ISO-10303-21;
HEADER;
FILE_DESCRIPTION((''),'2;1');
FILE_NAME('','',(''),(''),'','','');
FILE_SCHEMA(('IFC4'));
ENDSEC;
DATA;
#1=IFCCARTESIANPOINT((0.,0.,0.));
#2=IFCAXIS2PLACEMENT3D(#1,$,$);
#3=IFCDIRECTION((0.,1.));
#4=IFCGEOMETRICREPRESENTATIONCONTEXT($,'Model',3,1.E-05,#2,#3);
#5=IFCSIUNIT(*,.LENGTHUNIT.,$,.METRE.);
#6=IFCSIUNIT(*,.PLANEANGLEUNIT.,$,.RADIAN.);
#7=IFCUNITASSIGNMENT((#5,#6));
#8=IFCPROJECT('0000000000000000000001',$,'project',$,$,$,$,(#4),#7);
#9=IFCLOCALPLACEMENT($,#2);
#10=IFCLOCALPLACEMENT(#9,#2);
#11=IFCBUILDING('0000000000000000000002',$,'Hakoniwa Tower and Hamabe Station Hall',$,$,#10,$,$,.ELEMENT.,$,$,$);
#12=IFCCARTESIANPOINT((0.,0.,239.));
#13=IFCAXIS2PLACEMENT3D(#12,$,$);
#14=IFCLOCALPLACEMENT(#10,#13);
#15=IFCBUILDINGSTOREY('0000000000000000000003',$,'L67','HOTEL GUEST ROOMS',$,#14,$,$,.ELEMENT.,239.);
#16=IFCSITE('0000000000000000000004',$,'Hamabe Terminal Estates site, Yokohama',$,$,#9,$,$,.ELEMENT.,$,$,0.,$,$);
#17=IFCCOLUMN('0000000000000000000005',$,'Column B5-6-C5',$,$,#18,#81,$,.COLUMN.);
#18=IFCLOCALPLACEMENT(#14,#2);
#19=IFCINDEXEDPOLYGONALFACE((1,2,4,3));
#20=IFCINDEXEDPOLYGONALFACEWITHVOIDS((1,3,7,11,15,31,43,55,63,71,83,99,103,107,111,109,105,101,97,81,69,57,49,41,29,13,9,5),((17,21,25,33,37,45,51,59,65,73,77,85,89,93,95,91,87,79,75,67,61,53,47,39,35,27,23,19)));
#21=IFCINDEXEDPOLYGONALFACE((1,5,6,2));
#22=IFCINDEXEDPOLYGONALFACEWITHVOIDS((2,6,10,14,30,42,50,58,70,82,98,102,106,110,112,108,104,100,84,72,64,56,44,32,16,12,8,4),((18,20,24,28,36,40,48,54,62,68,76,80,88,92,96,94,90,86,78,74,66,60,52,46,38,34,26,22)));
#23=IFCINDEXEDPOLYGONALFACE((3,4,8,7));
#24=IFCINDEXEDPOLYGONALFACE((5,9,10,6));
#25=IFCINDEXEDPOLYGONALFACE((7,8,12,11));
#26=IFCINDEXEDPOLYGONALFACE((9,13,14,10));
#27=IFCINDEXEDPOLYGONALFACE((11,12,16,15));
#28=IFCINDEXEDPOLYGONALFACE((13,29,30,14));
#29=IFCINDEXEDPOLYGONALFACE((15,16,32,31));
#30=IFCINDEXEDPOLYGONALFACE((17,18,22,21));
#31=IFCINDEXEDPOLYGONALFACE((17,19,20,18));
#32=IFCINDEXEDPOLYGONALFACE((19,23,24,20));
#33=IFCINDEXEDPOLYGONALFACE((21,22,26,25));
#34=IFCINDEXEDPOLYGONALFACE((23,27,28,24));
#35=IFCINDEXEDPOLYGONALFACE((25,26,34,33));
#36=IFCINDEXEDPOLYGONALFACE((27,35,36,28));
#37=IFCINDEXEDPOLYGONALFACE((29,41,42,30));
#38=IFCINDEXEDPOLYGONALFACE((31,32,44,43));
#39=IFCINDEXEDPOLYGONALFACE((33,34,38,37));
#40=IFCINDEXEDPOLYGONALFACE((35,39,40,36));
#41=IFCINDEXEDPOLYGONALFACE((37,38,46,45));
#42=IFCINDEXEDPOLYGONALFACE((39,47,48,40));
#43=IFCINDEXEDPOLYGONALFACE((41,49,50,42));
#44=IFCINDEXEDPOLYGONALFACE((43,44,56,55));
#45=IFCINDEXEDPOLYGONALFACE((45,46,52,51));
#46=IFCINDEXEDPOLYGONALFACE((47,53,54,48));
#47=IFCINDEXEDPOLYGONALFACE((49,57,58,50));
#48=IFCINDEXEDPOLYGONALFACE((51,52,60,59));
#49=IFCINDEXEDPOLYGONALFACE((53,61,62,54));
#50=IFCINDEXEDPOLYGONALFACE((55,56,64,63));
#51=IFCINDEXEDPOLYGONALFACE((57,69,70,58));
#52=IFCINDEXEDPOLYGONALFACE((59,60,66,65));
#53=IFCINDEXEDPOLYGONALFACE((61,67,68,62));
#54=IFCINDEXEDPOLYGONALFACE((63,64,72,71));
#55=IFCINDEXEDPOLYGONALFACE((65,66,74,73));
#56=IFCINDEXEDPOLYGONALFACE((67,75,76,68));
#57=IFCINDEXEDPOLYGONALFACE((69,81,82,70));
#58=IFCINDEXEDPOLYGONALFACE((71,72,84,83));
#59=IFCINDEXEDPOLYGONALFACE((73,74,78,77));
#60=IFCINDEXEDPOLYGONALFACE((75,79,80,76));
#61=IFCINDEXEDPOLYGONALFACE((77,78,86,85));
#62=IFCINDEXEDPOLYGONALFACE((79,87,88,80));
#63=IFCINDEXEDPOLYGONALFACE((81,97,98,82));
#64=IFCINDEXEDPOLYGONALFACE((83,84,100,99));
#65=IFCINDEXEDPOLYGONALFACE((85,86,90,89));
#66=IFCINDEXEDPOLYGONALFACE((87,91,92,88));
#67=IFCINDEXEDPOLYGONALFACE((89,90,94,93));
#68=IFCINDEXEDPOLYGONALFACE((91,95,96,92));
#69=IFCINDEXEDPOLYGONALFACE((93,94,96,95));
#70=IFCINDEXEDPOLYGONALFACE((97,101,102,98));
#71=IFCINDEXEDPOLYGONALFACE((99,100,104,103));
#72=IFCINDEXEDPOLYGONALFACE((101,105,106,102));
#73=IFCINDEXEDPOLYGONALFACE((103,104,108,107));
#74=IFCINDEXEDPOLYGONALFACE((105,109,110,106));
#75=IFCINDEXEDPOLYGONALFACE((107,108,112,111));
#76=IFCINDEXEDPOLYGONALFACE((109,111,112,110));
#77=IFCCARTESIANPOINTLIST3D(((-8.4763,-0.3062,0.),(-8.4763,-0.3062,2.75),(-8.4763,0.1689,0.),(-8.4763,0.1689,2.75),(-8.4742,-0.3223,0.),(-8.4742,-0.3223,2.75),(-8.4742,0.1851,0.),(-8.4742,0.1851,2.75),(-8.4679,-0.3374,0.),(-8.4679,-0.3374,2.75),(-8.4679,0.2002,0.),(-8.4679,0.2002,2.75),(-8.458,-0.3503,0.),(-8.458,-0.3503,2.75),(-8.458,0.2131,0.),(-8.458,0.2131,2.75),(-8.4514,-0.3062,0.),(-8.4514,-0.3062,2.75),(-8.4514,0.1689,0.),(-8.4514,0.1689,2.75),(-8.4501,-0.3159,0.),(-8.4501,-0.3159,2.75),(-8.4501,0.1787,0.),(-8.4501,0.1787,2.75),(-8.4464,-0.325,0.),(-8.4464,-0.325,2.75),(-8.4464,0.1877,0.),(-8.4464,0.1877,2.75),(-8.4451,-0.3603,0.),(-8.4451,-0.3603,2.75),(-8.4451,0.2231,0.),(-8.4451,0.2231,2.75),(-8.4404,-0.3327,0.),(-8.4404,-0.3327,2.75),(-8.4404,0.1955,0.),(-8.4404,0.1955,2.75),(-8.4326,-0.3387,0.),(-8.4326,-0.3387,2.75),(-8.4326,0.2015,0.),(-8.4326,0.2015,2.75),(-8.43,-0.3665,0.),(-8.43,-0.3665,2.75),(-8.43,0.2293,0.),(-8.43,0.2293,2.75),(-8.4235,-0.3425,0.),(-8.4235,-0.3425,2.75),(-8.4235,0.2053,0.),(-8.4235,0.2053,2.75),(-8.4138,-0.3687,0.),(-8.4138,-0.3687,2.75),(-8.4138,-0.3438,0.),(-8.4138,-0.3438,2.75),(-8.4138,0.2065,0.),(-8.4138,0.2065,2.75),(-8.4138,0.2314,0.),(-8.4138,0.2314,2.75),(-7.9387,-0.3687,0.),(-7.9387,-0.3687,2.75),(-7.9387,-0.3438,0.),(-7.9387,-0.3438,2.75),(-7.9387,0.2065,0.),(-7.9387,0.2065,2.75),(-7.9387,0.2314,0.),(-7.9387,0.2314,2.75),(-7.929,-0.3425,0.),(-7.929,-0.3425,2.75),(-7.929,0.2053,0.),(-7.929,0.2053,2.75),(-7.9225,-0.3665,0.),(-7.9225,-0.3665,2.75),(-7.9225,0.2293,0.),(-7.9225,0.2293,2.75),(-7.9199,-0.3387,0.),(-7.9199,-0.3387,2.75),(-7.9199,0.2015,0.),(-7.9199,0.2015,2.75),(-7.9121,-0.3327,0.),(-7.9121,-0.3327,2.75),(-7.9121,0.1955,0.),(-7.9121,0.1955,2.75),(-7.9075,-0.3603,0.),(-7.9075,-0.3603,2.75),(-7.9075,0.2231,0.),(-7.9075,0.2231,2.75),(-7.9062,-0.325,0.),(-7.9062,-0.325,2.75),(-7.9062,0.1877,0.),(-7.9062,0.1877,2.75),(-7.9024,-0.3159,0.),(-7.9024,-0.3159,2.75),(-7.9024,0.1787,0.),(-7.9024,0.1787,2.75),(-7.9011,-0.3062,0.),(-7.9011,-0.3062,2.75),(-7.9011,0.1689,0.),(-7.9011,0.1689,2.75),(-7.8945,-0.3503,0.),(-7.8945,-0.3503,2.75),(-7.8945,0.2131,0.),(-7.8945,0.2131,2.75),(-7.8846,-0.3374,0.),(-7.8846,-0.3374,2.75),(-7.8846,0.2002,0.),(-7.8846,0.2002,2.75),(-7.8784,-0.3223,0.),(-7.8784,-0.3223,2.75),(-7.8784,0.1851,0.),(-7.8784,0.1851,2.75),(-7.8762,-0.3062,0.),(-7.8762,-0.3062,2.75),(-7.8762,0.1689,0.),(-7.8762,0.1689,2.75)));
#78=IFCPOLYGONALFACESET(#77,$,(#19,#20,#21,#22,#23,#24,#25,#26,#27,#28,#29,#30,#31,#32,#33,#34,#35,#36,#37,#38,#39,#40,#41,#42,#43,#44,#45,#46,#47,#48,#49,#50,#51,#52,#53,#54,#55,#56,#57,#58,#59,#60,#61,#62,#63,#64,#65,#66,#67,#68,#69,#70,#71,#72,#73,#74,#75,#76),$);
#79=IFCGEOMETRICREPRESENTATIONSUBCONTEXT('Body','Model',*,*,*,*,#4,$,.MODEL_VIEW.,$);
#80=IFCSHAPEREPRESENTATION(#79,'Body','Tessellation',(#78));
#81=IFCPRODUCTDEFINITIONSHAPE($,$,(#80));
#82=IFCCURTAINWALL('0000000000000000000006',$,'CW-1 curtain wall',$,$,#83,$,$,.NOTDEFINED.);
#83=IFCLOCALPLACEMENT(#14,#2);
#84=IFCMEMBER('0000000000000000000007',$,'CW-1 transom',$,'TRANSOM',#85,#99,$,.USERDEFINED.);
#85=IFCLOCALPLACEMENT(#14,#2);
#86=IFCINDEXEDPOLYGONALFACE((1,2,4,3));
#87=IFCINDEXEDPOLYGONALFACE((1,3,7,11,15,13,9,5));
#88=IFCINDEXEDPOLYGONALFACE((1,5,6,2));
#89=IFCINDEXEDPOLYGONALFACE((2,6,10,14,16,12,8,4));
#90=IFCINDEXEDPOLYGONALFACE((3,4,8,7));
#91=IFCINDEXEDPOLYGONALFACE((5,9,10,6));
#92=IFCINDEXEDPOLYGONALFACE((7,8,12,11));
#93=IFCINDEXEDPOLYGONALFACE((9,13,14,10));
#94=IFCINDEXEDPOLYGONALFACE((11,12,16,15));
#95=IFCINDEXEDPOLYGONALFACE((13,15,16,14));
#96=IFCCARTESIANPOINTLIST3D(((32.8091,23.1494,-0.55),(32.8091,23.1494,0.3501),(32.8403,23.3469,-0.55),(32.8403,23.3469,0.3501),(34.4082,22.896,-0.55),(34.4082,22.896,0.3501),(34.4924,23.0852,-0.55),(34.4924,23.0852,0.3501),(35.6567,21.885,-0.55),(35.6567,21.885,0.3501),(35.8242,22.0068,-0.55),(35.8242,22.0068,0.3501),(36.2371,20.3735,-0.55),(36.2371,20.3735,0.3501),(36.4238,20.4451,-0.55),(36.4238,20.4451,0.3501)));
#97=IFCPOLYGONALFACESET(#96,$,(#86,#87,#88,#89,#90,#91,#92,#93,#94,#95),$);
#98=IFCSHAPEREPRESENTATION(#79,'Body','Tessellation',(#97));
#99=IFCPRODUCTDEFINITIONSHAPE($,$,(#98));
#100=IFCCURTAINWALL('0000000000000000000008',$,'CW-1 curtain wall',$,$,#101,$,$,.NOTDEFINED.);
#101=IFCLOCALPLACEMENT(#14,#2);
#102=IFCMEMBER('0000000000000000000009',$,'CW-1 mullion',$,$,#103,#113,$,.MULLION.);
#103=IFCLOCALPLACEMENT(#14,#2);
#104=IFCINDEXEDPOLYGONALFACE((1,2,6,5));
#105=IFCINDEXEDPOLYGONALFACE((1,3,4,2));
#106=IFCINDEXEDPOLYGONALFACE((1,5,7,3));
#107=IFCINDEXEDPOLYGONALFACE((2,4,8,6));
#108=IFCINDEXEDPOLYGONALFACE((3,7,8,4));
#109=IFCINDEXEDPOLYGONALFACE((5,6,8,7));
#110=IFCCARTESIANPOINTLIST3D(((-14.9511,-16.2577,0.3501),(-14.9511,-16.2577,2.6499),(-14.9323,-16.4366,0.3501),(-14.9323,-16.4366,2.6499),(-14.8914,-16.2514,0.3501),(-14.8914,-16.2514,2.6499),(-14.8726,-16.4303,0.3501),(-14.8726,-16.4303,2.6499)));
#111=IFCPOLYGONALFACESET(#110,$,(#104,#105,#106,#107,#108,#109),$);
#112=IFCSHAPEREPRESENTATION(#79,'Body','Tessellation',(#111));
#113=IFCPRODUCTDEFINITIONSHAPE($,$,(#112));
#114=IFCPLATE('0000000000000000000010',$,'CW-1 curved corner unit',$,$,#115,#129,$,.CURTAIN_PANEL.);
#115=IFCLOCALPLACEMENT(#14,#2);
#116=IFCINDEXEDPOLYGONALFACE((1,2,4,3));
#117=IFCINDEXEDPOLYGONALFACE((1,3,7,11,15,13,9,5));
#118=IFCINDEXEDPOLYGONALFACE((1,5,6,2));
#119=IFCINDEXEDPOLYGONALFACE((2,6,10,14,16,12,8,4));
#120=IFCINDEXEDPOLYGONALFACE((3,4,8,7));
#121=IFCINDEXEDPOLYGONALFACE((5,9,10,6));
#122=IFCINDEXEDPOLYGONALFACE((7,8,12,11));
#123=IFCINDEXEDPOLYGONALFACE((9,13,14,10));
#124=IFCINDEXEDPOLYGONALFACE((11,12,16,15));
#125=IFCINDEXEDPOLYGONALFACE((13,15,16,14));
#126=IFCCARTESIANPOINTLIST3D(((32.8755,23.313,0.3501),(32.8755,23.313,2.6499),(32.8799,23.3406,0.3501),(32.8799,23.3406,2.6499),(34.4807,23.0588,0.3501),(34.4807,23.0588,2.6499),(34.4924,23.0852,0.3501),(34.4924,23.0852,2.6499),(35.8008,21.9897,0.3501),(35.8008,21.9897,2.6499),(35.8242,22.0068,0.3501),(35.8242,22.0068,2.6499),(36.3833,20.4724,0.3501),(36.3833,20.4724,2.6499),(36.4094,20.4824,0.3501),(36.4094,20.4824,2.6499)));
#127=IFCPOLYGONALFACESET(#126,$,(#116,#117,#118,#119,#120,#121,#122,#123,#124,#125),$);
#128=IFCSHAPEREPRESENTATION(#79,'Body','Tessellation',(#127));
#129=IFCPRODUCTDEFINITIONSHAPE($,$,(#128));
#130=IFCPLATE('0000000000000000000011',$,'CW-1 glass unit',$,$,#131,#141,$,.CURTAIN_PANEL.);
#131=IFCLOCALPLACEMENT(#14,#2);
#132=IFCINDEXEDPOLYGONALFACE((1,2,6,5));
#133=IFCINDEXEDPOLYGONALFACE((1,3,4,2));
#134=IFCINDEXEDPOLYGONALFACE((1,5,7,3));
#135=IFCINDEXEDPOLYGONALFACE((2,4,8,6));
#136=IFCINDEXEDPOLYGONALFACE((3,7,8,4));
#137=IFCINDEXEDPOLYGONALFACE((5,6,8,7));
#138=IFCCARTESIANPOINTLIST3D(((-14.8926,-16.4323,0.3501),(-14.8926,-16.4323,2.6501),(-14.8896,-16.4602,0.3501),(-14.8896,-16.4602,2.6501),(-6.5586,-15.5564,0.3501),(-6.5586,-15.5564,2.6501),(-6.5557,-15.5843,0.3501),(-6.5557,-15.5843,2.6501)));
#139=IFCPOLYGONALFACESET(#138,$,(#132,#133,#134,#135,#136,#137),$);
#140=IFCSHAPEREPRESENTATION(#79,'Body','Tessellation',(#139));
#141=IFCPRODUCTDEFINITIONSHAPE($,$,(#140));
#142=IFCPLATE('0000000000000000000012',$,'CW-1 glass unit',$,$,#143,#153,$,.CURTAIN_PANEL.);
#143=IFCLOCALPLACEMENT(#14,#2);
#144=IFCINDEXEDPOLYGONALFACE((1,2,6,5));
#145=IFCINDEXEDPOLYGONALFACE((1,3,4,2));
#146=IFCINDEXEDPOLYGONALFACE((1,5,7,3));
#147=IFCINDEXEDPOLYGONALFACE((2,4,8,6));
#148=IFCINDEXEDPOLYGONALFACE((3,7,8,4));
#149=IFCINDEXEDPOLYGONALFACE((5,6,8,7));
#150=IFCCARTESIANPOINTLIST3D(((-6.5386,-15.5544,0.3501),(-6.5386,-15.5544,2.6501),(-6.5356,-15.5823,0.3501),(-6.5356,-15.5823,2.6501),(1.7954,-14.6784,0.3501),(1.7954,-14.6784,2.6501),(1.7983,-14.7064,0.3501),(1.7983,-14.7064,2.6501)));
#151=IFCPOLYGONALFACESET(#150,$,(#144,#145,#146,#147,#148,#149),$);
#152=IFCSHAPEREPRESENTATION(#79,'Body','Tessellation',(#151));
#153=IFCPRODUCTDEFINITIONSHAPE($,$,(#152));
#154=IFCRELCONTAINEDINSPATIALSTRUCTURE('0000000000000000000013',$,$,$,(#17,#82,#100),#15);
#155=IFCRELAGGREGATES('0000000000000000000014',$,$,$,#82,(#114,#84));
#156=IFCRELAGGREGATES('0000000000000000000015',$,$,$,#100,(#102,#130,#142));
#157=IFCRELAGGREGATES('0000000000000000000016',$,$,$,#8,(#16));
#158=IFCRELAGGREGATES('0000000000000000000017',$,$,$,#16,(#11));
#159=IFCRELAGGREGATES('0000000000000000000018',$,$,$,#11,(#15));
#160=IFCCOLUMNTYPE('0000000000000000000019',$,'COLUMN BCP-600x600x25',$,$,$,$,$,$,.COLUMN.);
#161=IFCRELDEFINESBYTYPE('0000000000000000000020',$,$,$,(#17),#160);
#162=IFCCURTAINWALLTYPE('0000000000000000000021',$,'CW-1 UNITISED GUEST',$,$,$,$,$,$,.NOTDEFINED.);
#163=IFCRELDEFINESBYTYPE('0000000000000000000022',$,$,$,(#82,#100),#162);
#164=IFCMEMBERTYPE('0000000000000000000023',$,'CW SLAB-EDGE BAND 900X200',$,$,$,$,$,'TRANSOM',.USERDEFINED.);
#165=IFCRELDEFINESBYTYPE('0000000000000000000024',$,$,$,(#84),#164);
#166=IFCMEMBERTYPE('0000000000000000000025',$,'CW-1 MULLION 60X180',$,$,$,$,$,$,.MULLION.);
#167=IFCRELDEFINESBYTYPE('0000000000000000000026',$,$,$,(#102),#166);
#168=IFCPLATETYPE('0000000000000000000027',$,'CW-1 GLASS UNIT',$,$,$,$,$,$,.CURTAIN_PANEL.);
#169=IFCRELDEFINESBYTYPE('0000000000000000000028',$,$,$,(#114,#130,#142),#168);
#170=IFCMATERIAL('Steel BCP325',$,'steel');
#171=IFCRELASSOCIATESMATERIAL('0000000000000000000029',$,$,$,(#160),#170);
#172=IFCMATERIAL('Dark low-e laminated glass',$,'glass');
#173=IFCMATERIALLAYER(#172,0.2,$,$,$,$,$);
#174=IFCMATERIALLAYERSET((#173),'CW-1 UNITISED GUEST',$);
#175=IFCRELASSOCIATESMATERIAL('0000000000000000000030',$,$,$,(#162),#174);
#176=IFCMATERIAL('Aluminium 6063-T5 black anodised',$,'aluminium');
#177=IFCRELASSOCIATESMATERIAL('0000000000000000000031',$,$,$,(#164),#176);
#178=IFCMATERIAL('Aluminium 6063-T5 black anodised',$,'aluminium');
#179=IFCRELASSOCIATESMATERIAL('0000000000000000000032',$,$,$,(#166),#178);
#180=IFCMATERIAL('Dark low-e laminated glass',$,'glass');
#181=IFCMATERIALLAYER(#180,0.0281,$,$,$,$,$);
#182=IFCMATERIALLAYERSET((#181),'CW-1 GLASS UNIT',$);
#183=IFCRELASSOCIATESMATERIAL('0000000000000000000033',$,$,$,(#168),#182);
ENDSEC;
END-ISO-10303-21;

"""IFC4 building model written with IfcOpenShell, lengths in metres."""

from ifc_helpers import new_model, si_unit, direction, frame, origin, origin_2d, place, context, subcontext, project, spatial, polyline, rectangle, hollow_rectangle, outline, extrude, material, layer, layer_set, material_profile, profile_set, type_object, element, aggregate, save


model = new_model("IFC4")

# Units and contexts
model_context = context("Model", 3, precision=1e-05, world=origin(), true_north=direction((0.0, 1.0)))
body_context = subcontext(model_context, "Body", "Model", "MODEL_VIEW")
ifc_project = project(units=[si_unit("LENGTHUNIT", "METRE"), si_unit("PLANEANGLEUNIT", "RADIAN")], contexts=[model_context])

# Site, building, storey
site_placement = place(None, origin())
site = spatial("IfcSite", under=ifc_project, at=site_placement, Name="Hamabe Terminal Estates site, Yokohama", CompositionType="ELEMENT", RefElevation=0.0)
building_placement = place(site_placement, origin())
building = spatial("IfcBuilding", under=site, at=building_placement, Name="Hakoniwa Tower and Hamabe Station Hall", CompositionType="ELEMENT")
storey_placement = place(building_placement, frame((0.0, 0.0, 239.0)))
storey = spatial("IfcBuildingStorey", under=building, at=storey_placement, Name="L67", Description="HOTEL GUEST ROOMS", CompositionType="ELEMENT", Elevation=239.0)

# Column
ifc_material_1 = material(Name="Steel BCP325", Category="steel")
ifc_material_profile_1 = material_profile(ifc_material_1, hollow_rectangle(XDim=0.6001, YDim=0.6001, WallThickness=0.0249, InnerFilletRadius=0.0376, OuterFilletRadius=0.0625, at=origin_2d()), Name="BCP-600x600x25")
ifc_profile_set_1 = profile_set([ifc_material_profile_1], Name="Steel BCP325")
column_type_1 = type_object("IfcColumnType", Name="COLUMN BCP-600x600x25", PredefinedType="COLUMN", material=ifc_profile_set_1)
column_placement = place(storey_placement, frame((-8.1763, -0.0686, 0.0), z_axis=(0.0, 0.0, 1.0), x_axis=(1.0, 0.0, 0.0)))
element("IfcColumn", 1, at=column_placement, inside=storey, type_object=column_type_1, Name="Column B5-6-C5", PredefinedType="COLUMN", context=body_context, shape_type="SweptSolid", body=[
    extrude(hollow_rectangle(XDim=0.6001, YDim=0.6001, WallThickness=0.0249, InnerFilletRadius=0.0376, OuterFilletRadius=0.0625, at=origin_2d()), origin(), (0.0, 0.0, 1.0), 2.75),
])

# Curtain walls, members
ifc_material_2 = material(Name="Dark low-e laminated glass", Category="glass")
ifc_layer_1 = layer(ifc_material_2, 0.2)
ifc_layer_set_1 = layer_set([ifc_layer_1], Name="CW-1 UNITISED GUEST")
curtain_wall_type = type_object("IfcCurtainWallType", Name="CW-1 UNITISED GUEST", PredefinedType="NOTDEFINED", material=ifc_layer_set_1)
curtain_wall_1_placement = place(storey_placement, origin())
curtain_wall_1 = element("IfcCurtainWall", 2, at=curtain_wall_1_placement, inside=storey, type_object=curtain_wall_type, Name="CW-1 curtain wall", PredefinedType="NOTDEFINED")
ifc_material_3 = material(Name="Aluminium 6063-T5 black anodised", Category="aluminium")
ifc_material_profile_2 = material_profile(ifc_material_3, rectangle(XDim=0.2, YDim=0.8999, at=origin_2d()), Name="CW SLAB-EDGE BAND 900X200")
ifc_profile_set_2 = profile_set([ifc_material_profile_2], Name="Aluminium 6063-T5 black anodised")
member_type_1 = type_object("IfcMemberType", Name="CW SLAB-EDGE BAND 900X200", ElementType="TRANSOM", PredefinedType="USERDEFINED", material=ifc_profile_set_2)
member_1_placement = place(storey_placement, frame((0.0, 0.0, -0.55)))
member_1 = element("IfcMember", 3, at=member_1_placement, type_object=member_type_1, Name="CW-1 transom", ObjectType="TRANSOM", PredefinedType="USERDEFINED", context=body_context, shape_type="SweptSolid", body=[
    extrude(outline(polyline([(36.4238, 20.4451), (35.8242, 22.0068), (34.4924, 23.0852), (32.8403, 23.3469), (32.8091, 23.1494), (34.4082, 22.896), (35.6567, 21.885), (36.2371, 20.3735), (36.4238, 20.4451)])), origin(), (0.0, 0.0, 1.0), 0.9001),
])
curtain_wall_2_placement = place(storey_placement, origin())
curtain_wall_2 = element("IfcCurtainWall", 4, at=curtain_wall_2_placement, inside=storey, type_object=curtain_wall_type, Name="CW-1 curtain wall", PredefinedType="NOTDEFINED")
ifc_material_4 = material(Name="Aluminium 6063-T5 black anodised", Category="aluminium")
ifc_material_profile_3 = material_profile(ifc_material_4, rectangle(XDim=0.0601, YDim=0.1799, at=origin_2d()), Name="CW-1 MULLION 60X180")
ifc_profile_set_3 = profile_set([ifc_material_profile_3], Name="Aluminium 6063-T5 black anodised")
member_type_2 = type_object("IfcMemberType", Name="CW-1 MULLION 60X180", PredefinedType="MULLION", material=ifc_profile_set_3)
member_2_placement = place(storey_placement, frame((-14.9119, -16.344, 0.3501), z_axis=(0.0, 0.0, 1.0), x_axis=(0.994522, 0.104528, 0.0)))
member_2 = element("IfcMember", 5, at=member_2_placement, type_object=member_type_2, Name="CW-1 mullion", PredefinedType="MULLION", context=body_context, shape_type="SweptSolid", body=[
    extrude(rectangle(XDim=0.0601, YDim=0.1799, at=origin_2d()), origin(), (0.0, 0.0, 1.0), 2.2998),
])

# Plates
ifc_material_5 = material(Name="Dark low-e laminated glass", Category="glass")
ifc_layer_2 = layer(ifc_material_5, 0.0281)
ifc_layer_set_2 = layer_set([ifc_layer_2], Name="CW-1 GLASS UNIT")
plate_type = type_object("IfcPlateType", Name="CW-1 GLASS UNIT", PredefinedType="CURTAIN_PANEL", material=ifc_layer_set_2)
plate_1_placement = place(storey_placement, frame((0.0, 0.0, 0.3501)))
plate_1 = element("IfcPlate", 6, at=plate_1_placement, type_object=plate_type, Name="CW-1 curved corner unit", PredefinedType="CURTAIN_PANEL", context=body_context, shape_type="SweptSolid", body=[
    extrude(outline(polyline([(36.4094, 20.4824), (35.8242, 22.0068), (34.4924, 23.0852), (32.8799, 23.3406), (32.8755, 23.313), (34.4807, 23.0588), (35.8008, 21.9897), (36.3833, 20.4724), (36.4094, 20.4824)])), origin(), (0.0, 0.0, 1.0), 2.2998),
])
aggregate(curtain_wall_1, [plate_1, member_1])
plate_2_placement = place(storey_placement, frame((-10.7241, -16.0083, 0.3501), z_axis=(0.0, 0.0, 1.0), x_axis=(0.994522, 0.104528, 0.0)))
plate_2 = element("IfcPlate", 7, at=plate_2_placement, type_object=plate_type, Name="CW-1 glass unit", PredefinedType="CURTAIN_PANEL", context=body_context, shape_type="SweptSolid", body=[
    extrude(rectangle(XDim=8.3799, YDim=0.0281, at=origin_2d()), origin(), (0.0, 0.0, 1.0), 2.3),
])
plate_3_placement = place(storey_placement, frame((-2.3701, -15.1304, 0.3501), z_axis=(0.0, 0.0, 1.0), x_axis=(0.994522, 0.104528, 0.0)))
plate_3 = element("IfcPlate", 8, at=plate_3_placement, type_object=plate_type, Name="CW-1 glass unit", PredefinedType="CURTAIN_PANEL", context=body_context, shape_type="SweptSolid", body=[
    extrude(rectangle(XDim=8.3799, YDim=0.0281, at=origin_2d()), origin(), (0.0, 0.0, 1.0), 2.3),
])
aggregate(curtain_wall_2, [member_2, plate_2, plate_3])

save(model, "model.ifc")
